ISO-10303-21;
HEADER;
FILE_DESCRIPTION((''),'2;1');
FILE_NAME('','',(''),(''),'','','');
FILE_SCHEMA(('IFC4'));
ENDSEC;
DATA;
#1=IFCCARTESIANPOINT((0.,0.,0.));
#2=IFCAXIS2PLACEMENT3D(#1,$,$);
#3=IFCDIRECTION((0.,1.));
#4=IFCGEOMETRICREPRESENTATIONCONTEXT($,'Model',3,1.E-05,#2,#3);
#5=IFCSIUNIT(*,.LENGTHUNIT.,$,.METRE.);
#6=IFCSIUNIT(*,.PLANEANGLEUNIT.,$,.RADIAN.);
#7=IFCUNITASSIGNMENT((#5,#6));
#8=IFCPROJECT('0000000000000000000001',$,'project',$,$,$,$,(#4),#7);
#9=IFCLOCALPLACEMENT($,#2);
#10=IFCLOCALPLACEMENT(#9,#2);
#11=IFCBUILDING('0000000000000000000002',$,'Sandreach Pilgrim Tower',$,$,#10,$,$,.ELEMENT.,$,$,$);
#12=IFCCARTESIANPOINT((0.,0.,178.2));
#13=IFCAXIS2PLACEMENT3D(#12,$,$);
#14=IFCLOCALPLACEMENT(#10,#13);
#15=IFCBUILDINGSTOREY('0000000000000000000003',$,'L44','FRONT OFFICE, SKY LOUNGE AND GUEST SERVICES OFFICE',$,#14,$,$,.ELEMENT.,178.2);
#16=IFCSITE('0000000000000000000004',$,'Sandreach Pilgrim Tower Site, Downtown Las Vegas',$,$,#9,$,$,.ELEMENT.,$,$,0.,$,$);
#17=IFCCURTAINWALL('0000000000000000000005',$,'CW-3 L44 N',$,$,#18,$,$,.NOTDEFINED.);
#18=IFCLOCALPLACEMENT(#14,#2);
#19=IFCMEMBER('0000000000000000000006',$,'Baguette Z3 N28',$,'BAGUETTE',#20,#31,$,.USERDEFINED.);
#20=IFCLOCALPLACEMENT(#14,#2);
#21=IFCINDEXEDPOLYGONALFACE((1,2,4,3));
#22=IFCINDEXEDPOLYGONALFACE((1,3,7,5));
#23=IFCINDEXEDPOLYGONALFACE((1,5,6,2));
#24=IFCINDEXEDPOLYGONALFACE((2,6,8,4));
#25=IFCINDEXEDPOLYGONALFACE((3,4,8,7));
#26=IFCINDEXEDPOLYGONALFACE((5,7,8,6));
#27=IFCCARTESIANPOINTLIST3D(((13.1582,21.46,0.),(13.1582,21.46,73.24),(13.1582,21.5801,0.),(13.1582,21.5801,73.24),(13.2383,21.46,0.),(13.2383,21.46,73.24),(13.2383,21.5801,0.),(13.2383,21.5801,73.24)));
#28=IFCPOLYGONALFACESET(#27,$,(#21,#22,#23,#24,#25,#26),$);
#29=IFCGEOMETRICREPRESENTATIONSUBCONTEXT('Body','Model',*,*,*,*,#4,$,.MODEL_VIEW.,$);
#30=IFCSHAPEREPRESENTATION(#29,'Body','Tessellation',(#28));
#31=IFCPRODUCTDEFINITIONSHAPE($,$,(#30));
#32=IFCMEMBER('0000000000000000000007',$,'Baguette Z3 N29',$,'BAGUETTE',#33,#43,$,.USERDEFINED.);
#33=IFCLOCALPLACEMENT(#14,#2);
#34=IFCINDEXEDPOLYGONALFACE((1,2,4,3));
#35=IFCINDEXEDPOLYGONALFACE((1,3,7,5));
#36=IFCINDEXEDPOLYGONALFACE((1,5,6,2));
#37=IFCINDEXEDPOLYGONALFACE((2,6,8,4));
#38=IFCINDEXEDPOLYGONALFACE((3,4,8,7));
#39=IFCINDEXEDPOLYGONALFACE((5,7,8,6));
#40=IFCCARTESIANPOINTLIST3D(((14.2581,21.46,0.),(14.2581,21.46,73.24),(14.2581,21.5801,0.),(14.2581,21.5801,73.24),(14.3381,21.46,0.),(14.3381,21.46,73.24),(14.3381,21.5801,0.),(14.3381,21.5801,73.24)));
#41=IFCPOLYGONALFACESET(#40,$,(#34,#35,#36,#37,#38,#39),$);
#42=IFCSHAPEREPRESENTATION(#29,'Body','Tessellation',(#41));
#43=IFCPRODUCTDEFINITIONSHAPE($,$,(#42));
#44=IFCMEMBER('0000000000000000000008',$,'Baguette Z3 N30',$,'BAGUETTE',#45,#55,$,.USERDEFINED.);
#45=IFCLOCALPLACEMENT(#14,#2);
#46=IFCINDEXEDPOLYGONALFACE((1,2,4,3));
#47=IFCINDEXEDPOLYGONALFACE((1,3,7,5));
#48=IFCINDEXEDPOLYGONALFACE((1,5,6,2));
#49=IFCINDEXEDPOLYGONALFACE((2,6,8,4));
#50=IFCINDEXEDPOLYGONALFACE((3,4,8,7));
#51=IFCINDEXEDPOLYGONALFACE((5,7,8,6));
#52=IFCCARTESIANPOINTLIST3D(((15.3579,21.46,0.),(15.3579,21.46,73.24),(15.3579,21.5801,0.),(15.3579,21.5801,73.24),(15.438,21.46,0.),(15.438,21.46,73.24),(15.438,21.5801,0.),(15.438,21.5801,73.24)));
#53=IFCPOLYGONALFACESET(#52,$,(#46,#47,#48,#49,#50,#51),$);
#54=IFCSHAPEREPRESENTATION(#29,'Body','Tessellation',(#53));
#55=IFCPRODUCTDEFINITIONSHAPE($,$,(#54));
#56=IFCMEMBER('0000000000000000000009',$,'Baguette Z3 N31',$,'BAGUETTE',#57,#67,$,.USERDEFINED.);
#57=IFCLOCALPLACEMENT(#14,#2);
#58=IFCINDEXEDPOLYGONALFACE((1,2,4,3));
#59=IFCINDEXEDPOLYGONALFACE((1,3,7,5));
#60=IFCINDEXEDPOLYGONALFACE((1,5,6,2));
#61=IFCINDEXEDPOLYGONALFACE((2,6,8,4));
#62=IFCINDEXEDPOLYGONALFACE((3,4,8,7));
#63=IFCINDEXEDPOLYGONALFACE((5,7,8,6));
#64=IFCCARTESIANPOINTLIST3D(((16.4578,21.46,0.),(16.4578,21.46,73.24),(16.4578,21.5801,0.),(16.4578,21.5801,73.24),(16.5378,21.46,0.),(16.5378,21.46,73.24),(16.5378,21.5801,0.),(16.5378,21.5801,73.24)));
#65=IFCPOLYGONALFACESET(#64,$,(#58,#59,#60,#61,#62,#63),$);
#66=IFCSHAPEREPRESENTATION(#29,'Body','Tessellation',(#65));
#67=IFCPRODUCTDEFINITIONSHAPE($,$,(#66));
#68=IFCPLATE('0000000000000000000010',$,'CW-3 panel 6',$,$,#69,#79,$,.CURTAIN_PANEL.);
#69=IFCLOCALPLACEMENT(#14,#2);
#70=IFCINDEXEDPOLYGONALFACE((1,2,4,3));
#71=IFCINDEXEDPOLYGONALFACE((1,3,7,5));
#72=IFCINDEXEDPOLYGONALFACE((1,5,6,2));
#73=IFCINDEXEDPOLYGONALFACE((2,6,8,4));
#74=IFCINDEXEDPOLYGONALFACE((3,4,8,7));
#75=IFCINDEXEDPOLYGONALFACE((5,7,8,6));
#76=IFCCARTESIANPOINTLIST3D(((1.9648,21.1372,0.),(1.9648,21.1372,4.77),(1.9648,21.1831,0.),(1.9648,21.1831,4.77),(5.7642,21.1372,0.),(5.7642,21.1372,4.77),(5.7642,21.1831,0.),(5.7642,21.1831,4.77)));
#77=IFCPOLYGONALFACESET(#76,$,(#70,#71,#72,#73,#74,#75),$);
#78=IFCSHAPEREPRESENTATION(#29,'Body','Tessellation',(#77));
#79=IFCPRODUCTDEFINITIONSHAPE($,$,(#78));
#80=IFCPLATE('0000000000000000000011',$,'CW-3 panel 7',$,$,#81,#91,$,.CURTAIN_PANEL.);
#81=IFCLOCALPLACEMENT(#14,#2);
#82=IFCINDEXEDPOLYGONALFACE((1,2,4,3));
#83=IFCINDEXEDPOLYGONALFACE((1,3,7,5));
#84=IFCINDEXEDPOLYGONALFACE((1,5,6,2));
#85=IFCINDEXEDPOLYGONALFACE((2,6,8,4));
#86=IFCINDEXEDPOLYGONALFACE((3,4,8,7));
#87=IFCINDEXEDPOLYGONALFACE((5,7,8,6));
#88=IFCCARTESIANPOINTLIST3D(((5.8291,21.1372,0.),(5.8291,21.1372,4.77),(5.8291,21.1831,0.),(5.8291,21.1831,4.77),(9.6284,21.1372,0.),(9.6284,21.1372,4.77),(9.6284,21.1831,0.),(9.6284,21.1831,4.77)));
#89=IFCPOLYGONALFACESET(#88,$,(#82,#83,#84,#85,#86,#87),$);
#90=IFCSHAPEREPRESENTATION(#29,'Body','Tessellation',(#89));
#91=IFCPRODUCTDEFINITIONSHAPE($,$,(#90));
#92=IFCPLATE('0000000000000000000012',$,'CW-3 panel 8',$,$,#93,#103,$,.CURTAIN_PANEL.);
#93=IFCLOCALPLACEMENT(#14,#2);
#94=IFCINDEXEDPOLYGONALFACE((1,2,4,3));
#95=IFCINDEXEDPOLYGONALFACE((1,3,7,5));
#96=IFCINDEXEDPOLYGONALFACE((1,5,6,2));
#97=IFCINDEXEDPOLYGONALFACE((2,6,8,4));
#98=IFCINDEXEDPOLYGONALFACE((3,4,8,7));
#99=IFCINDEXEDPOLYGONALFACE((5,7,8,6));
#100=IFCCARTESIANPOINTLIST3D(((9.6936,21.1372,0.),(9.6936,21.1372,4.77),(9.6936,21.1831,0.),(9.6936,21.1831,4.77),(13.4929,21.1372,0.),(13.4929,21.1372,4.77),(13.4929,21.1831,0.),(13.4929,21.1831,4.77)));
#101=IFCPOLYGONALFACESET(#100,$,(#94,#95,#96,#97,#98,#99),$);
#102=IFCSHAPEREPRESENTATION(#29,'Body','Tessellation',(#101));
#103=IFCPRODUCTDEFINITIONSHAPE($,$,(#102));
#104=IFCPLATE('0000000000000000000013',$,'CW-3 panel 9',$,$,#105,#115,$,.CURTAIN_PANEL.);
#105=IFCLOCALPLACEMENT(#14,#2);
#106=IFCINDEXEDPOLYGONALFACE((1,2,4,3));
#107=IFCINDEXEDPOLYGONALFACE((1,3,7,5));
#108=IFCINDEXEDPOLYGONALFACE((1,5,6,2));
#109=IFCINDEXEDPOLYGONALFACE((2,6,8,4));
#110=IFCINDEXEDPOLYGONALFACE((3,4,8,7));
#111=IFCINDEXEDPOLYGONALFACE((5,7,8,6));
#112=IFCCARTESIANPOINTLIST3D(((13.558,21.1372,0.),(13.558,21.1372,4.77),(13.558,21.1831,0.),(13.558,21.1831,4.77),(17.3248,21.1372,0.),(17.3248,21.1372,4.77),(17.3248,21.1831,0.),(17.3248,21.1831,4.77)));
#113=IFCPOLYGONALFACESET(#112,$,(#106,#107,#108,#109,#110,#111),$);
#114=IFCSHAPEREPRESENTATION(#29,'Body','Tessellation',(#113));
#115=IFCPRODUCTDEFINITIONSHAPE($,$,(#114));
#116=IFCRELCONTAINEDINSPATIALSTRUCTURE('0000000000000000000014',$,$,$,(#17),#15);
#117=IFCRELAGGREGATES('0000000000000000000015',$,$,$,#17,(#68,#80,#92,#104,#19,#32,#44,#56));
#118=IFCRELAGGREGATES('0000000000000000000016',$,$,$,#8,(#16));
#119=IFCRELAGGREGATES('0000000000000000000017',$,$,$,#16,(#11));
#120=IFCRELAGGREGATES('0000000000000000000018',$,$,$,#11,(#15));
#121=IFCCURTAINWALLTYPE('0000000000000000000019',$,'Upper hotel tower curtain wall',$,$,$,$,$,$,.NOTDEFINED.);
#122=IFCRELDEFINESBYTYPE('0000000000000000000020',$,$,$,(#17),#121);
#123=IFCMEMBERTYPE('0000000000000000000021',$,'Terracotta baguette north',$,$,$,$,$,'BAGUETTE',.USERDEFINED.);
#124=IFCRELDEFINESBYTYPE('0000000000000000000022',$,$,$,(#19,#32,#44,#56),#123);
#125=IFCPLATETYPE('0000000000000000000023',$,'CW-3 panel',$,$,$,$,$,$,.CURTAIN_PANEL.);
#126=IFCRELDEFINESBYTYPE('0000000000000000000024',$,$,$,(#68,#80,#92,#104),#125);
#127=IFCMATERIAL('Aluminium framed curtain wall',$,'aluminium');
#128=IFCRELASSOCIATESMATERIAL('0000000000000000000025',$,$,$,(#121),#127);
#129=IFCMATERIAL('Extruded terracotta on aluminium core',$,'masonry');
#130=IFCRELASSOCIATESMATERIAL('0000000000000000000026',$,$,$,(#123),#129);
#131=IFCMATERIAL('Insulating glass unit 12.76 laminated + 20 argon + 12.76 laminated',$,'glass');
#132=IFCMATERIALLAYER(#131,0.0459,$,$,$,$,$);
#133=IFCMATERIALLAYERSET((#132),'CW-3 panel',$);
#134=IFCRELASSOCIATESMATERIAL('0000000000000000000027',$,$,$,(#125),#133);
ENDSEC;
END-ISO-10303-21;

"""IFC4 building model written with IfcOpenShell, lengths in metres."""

from ifc_helpers import new_model, si_unit, direction, frame, origin, origin_2d, place, context, subcontext, project, spatial, rectangle, extrude, material, layer, layer_set, material_profile, profile_set, type_object, element, aggregate, save


model = new_model("IFC4")

# Units and contexts
model_context = context("Model", 3, precision=1e-05, world=origin(), true_north=direction((0.0, 1.0)))
body_context = subcontext(model_context, "Body", "Model", "MODEL_VIEW")
ifc_project = project(units=[si_unit("LENGTHUNIT", "METRE"), si_unit("PLANEANGLEUNIT", "RADIAN")], contexts=[model_context])

# Site, building, storey
site_placement = place(None, origin())
site = spatial("IfcSite", under=ifc_project, at=site_placement, Name="Sandreach Pilgrim Tower Site, Downtown Las Vegas", CompositionType="ELEMENT", RefElevation=0.0)
building_placement = place(site_placement, origin())
building = spatial("IfcBuilding", under=site, at=building_placement, Name="Sandreach Pilgrim Tower", CompositionType="ELEMENT")
storey_placement = place(building_placement, frame((0.0, 0.0, 178.2)))
storey = spatial("IfcBuildingStorey", under=building, at=storey_placement, Name="L44", Description="FRONT OFFICE, SKY LOUNGE AND GUEST SERVICES OFFICE", CompositionType="ELEMENT", Elevation=178.2)

# Curtain wall
ifc_material_1 = material(Name="Aluminium framed curtain wall", Category="aluminium")
curtain_wall_type = type_object("IfcCurtainWallType", Name="Upper hotel tower curtain wall", PredefinedType="NOTDEFINED", material=ifc_material_1)
curtain_wall_placement = place(storey_placement, origin())
curtain_wall = element("IfcCurtainWall", 1, at=curtain_wall_placement, inside=storey, type_object=curtain_wall_type, Name="CW-3 L44 N", PredefinedType="NOTDEFINED")

# Members
ifc_material_2 = material(Name="Extruded terracotta on aluminium core", Category="masonry")
ifc_material_profile_1 = material_profile(ifc_material_2, rectangle(XDim=0.0801, YDim=0.1201, at=origin_2d()), Name="TBN 80X120")
ifc_profile_set_1 = profile_set([ifc_material_profile_1], Name="Extruded terracotta on aluminium core")
member_type_1 = type_object("IfcMemberType", Name="Terracotta baguette north", ElementType="BAGUETTE", PredefinedType="USERDEFINED", material=ifc_profile_set_1)
member_1_placement = place(storey_placement, frame((13.1982, 21.52, 0.0), z_axis=(0.0, 0.0, 1.0), x_axis=(1.0, 0.0, 0.0)))
member_1 = element("IfcMember", 2, at=member_1_placement, type_object=member_type_1, Name="Baguette Z3 N28", ObjectType="BAGUETTE", PredefinedType="USERDEFINED", context=body_context, shape_type="SweptSolid", body=[
    extrude(rectangle(XDim=0.0801, YDim=0.1201, at=origin_2d()), origin(), (0.0, 0.0, 1.0), 73.24),
])
member_2_placement = place(storey_placement, frame((14.2981, 21.52, 0.0), z_axis=(0.0, 0.0, 1.0), x_axis=(1.0, 0.0, 0.0)))
member_2 = element("IfcMember", 3, at=member_2_placement, type_object=member_type_1, Name="Baguette Z3 N29", ObjectType="BAGUETTE", PredefinedType="USERDEFINED", context=body_context, shape_type="SweptSolid", body=[
    extrude(rectangle(XDim=0.0801, YDim=0.1201, at=origin_2d()), origin(), (0.0, 0.0, 1.0), 73.24),
])
member_3_placement = place(storey_placement, frame((15.3979, 21.52, 0.0), z_axis=(0.0, 0.0, 1.0), x_axis=(1.0, 0.0, 0.0)))
member_3 = element("IfcMember", 4, at=member_3_placement, type_object=member_type_1, Name="Baguette Z3 N30", ObjectType="BAGUETTE", PredefinedType="USERDEFINED", context=body_context, shape_type="SweptSolid", body=[
    extrude(rectangle(XDim=0.0801, YDim=0.1201, at=origin_2d()), origin(), (0.0, 0.0, 1.0), 73.24),
])
member_4_placement = place(storey_placement, frame((16.4978, 21.52, 0.0), z_axis=(0.0, 0.0, 1.0), x_axis=(1.0, 0.0, 0.0)))
member_4 = element("IfcMember", 5, at=member_4_placement, type_object=member_type_1, Name="Baguette Z3 N31", ObjectType="BAGUETTE", PredefinedType="USERDEFINED", context=body_context, shape_type="SweptSolid", body=[
    extrude(rectangle(XDim=0.0801, YDim=0.1201, at=origin_2d()), origin(), (0.0, 0.0, 1.0), 73.24),
])

# Plates
ifc_material_3 = material(Name="Insulating glass unit 12.76 laminated + 20 argon + 12.76 laminated", Category="glass")
ifc_layer = layer(ifc_material_3, 0.0459)
ifc_layer_set = layer_set([ifc_layer], Name="CW-3 panel")
plate_type = type_object("IfcPlateType", Name="CW-3 panel", PredefinedType="CURTAIN_PANEL", material=ifc_layer_set)
plate_1_placement = place(storey_placement, frame((3.8645, 21.1602, 0.0), z_axis=(0.0, 0.0, 1.0), x_axis=(1.0, 0.0, 0.0)))
plate_1 = element("IfcPlate", 6, at=plate_1_placement, type_object=plate_type, Name="CW-3 panel 6", PredefinedType="CURTAIN_PANEL", context=body_context, shape_type="SweptSolid", body=[
    extrude(rectangle(XDim=3.7993, YDim=0.0459, at=origin_2d()), origin(), (0.0, 0.0, 1.0), 4.77),
])
plate_2_placement = place(storey_placement, frame((7.7288, 21.1602, 0.0), z_axis=(0.0, 0.0, 1.0), x_axis=(1.0, 0.0, 0.0)))
plate_2 = element("IfcPlate", 7, at=plate_2_placement, type_object=plate_type, Name="CW-3 panel 7", PredefinedType="CURTAIN_PANEL", context=body_context, shape_type="SweptSolid", body=[
    extrude(rectangle(XDim=3.7993, YDim=0.0459, at=origin_2d()), origin(), (0.0, 0.0, 1.0), 4.77),
])
plate_3_placement = place(storey_placement, frame((11.5933, 21.1602, 0.0), z_axis=(0.0, 0.0, 1.0), x_axis=(1.0, 0.0, 0.0)))
plate_3 = element("IfcPlate", 8, at=plate_3_placement, type_object=plate_type, Name="CW-3 panel 8", PredefinedType="CURTAIN_PANEL", context=body_context, shape_type="SweptSolid", body=[
    extrude(rectangle(XDim=3.7993, YDim=0.0459, at=origin_2d()), origin(), (0.0, 0.0, 1.0), 4.77),
])
plate_4_placement = place(storey_placement, frame((15.4414, 21.1602, 0.0), z_axis=(0.0, 0.0, 1.0), x_axis=(1.0, 0.0, 0.0)))
plate_4 = element("IfcPlate", 9, at=plate_4_placement, type_object=plate_type, Name="CW-3 panel 9", PredefinedType="CURTAIN_PANEL", context=body_context, shape_type="SweptSolid", body=[
    extrude(rectangle(XDim=3.7668, YDim=0.0459, at=origin_2d()), origin(), (0.0, 0.0, 1.0), 4.77),
])
aggregate(curtain_wall, [plate_1, plate_2, plate_3, plate_4, member_1, member_2, member_3, member_4])

save(model, "model.ifc")
